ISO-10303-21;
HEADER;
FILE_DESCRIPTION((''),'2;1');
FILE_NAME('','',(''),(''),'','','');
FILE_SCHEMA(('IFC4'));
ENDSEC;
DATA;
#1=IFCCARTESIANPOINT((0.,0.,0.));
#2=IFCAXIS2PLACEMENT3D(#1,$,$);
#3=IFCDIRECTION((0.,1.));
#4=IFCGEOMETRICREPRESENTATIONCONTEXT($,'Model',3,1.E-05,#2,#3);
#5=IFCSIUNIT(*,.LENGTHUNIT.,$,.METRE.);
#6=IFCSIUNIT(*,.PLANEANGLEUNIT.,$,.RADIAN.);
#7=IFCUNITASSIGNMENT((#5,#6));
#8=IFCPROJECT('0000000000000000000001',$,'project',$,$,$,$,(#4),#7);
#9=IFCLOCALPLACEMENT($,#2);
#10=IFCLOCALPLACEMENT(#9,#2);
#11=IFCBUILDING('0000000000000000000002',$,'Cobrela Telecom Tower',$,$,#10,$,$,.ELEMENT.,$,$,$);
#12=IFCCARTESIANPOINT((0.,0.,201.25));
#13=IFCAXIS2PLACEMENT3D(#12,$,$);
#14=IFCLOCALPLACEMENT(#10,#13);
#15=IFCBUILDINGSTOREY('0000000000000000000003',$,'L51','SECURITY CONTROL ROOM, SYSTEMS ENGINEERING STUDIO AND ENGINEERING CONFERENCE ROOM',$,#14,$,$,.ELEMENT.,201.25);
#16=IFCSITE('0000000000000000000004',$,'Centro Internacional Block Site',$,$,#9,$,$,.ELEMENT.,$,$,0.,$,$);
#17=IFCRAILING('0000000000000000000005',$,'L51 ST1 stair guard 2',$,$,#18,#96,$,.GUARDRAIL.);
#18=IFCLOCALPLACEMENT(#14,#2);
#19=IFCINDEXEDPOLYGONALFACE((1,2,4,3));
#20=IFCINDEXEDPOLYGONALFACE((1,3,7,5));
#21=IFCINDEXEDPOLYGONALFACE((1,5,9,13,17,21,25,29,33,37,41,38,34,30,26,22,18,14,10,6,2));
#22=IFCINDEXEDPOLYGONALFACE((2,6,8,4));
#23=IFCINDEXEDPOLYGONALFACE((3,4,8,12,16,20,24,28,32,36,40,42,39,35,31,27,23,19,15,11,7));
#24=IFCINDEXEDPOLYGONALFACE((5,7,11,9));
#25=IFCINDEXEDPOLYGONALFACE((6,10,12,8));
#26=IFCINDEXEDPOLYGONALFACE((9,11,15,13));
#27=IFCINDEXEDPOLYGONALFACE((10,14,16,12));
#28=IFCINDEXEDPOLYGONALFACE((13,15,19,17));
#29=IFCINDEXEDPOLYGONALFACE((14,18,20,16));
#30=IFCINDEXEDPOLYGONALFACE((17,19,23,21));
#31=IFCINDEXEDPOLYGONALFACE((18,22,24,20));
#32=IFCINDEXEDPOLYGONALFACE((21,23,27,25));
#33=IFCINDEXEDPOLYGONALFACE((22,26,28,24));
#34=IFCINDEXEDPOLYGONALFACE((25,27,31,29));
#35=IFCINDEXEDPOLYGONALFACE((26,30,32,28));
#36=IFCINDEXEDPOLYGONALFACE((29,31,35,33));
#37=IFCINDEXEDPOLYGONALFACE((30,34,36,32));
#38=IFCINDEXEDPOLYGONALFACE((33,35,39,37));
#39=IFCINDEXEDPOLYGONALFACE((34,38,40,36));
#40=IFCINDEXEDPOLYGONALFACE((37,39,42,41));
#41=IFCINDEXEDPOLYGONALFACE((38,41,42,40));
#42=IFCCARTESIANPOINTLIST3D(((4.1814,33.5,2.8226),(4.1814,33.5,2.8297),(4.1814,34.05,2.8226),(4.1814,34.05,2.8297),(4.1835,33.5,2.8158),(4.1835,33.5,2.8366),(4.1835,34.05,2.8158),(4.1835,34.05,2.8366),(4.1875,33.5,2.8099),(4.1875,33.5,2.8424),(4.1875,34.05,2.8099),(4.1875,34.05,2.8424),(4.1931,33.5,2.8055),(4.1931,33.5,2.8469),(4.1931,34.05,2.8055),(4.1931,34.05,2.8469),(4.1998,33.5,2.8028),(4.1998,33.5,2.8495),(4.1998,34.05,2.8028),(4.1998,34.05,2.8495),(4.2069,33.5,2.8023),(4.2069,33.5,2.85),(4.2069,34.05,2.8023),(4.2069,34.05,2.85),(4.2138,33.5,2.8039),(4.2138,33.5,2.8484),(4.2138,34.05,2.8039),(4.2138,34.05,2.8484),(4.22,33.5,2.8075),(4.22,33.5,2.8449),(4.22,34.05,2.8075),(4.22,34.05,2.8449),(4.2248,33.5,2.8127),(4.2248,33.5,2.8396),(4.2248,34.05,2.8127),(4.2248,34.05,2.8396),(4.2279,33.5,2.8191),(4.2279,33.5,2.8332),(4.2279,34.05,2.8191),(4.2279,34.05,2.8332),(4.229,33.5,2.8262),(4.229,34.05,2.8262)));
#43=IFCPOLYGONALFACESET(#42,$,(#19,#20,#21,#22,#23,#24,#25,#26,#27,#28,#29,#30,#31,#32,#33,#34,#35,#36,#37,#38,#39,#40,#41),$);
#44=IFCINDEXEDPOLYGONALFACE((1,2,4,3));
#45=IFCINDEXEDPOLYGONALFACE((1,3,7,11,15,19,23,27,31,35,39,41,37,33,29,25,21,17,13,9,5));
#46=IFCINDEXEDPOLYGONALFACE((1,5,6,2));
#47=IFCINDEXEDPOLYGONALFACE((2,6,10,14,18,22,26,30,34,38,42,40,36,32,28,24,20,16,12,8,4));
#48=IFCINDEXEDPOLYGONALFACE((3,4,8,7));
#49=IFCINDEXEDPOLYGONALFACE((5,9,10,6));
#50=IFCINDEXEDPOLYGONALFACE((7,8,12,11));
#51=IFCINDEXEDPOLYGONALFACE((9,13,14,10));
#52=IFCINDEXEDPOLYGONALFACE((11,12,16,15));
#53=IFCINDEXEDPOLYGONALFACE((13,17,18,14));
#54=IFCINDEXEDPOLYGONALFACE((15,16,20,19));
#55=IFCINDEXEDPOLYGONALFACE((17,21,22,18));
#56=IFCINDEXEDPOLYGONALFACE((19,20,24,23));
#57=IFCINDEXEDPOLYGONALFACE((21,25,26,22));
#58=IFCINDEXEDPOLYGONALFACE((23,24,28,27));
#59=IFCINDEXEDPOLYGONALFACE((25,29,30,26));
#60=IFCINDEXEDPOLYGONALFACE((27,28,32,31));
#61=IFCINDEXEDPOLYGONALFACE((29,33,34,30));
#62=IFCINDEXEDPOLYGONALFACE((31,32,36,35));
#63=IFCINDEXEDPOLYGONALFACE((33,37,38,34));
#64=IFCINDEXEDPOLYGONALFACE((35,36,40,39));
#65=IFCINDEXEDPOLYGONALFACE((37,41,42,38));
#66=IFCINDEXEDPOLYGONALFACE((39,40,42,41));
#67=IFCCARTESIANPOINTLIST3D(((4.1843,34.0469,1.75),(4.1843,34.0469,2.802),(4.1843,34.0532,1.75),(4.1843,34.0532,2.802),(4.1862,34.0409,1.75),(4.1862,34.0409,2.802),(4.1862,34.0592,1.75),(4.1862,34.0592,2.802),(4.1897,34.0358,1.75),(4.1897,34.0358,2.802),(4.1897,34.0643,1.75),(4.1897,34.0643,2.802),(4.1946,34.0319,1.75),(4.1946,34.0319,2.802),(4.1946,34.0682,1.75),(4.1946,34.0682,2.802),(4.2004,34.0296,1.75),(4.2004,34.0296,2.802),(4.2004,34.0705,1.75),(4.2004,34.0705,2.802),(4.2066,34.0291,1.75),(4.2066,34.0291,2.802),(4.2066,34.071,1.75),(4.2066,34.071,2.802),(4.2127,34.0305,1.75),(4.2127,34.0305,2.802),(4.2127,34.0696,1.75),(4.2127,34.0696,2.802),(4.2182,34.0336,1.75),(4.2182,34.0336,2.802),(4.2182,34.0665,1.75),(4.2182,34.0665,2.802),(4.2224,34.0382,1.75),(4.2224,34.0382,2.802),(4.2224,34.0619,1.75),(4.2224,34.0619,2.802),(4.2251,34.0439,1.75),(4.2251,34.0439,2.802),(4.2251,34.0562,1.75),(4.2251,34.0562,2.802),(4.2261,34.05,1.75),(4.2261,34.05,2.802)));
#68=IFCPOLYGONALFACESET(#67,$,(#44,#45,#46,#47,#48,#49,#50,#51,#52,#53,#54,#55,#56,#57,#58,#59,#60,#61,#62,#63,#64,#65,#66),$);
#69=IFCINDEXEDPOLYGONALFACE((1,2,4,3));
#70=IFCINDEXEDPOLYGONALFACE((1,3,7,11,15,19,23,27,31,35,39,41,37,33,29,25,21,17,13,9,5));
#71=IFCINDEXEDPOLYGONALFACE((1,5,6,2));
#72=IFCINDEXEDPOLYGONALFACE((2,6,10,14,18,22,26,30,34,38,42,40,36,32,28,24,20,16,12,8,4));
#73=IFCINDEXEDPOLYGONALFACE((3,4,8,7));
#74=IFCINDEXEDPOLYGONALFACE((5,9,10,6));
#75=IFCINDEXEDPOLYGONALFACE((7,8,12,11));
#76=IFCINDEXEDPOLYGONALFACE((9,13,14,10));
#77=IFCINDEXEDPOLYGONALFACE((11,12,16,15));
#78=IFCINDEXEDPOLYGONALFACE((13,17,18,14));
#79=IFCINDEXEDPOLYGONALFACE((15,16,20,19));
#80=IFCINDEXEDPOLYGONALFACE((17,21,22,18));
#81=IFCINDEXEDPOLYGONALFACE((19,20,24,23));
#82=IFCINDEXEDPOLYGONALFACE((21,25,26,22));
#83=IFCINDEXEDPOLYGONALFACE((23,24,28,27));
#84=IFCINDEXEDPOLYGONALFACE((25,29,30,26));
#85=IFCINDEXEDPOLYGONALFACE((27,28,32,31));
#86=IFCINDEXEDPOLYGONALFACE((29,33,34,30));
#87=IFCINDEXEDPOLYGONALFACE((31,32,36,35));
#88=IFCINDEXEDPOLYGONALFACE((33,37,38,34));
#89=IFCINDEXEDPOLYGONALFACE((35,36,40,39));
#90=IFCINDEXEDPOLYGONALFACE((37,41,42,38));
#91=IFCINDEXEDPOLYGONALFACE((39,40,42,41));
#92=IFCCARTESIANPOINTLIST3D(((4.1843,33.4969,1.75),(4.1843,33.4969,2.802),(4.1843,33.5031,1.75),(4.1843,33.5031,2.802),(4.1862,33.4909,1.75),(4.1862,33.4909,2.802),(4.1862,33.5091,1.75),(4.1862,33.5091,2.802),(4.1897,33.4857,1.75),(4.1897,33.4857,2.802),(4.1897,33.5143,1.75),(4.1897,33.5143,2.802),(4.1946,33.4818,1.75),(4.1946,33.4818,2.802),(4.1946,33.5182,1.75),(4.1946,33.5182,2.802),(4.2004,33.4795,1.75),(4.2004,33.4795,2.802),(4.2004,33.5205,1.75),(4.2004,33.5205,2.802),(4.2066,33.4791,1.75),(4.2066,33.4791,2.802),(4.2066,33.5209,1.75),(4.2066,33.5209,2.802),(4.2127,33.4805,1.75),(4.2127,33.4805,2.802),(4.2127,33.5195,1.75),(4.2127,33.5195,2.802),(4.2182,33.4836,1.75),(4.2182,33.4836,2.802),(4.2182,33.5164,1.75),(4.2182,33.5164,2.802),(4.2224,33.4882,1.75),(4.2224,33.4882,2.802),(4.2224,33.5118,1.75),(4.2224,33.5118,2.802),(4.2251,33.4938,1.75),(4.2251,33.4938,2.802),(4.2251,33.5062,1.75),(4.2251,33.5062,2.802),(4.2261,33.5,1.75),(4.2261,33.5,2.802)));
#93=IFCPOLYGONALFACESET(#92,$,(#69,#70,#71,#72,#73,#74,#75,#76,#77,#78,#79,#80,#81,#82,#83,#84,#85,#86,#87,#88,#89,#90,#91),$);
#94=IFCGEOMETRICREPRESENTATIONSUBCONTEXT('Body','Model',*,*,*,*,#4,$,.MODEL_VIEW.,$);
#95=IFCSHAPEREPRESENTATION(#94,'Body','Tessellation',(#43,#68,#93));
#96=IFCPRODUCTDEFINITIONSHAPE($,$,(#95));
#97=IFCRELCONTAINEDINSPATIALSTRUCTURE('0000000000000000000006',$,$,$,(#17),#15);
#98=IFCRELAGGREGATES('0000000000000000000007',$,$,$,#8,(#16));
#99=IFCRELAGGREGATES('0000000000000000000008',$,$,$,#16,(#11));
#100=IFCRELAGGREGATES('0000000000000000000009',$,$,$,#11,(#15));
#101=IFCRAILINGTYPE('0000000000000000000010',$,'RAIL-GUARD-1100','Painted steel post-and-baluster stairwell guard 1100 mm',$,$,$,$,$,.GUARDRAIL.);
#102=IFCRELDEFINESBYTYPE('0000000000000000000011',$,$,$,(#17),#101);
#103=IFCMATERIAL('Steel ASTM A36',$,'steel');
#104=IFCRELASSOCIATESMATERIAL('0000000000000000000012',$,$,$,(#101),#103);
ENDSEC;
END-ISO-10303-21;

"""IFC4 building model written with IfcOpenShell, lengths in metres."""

from ifc_helpers import new_model, si_unit, direction, frame, origin, origin_2d, place, context, subcontext, project, spatial, circle, extrude, material, type_object, element, save


model = new_model("IFC4")

# Units and contexts
model_context = context("Model", 3, precision=1e-05, world=origin(), true_north=direction((0.0, 1.0)))
body_context = subcontext(model_context, "Body", "Model", "MODEL_VIEW")
ifc_project = project(units=[si_unit("LENGTHUNIT", "METRE"), si_unit("PLANEANGLEUNIT", "RADIAN")], contexts=[model_context])

# Site, building, storey
site_placement = place(None, origin())
site = spatial("IfcSite", under=ifc_project, at=site_placement, Name="Centro Internacional Block Site", CompositionType="ELEMENT", RefElevation=0.0)
building_placement = place(site_placement, origin())
building = spatial("IfcBuilding", under=site, at=building_placement, Name="Cobrela Telecom Tower", CompositionType="ELEMENT")
storey_placement = place(building_placement, frame((0.0, 0.0, 201.25)))
storey = spatial("IfcBuildingStorey", under=building, at=storey_placement, Name="L51", Description="SECURITY CONTROL ROOM, SYSTEMS ENGINEERING STUDIO AND ENGINEERING CONFERENCE ROOM", CompositionType="ELEMENT", Elevation=201.25)

# Shared definitions
ifc_material_1 = material(Name="Steel ASTM A36", Category="steel")

# Railing
railing_type_1 = type_object("IfcRailingType", Name="RAIL-GUARD-1100", Description="Painted steel post-and-baluster stairwell guard 1100 mm", PredefinedType="GUARDRAIL", material=ifc_material_1)
railing_1_placement = place(storey_placement, frame((4.2051, 34.05, 1.75)))
element("IfcRailing", 1, at=railing_1_placement, inside=storey, type_object=railing_type_1, Name="L51 ST1 stair guard 2", PredefinedType="GUARDRAIL", context=body_context, shape_type="SweptSolid", body=[
    extrude(circle(Radius=0.0239, at=origin_2d()), frame((0.0, 0.0, 1.0762), z_axis=(0.0, -1.0, 0.0), x_axis=(1.0, 0.0, 0.0)), (0.0, 0.0, 1.0), 0.55),
    extrude(circle(Radius=0.021, at=origin_2d()), origin(), (0.0, 0.0, 1.0), 1.052),
    extrude(circle(Radius=0.021, at=origin_2d()), frame((0.0, -0.55, 0.0)), (0.0, 0.0, 1.0), 1.052),
])

save(model, "model.ifc")
